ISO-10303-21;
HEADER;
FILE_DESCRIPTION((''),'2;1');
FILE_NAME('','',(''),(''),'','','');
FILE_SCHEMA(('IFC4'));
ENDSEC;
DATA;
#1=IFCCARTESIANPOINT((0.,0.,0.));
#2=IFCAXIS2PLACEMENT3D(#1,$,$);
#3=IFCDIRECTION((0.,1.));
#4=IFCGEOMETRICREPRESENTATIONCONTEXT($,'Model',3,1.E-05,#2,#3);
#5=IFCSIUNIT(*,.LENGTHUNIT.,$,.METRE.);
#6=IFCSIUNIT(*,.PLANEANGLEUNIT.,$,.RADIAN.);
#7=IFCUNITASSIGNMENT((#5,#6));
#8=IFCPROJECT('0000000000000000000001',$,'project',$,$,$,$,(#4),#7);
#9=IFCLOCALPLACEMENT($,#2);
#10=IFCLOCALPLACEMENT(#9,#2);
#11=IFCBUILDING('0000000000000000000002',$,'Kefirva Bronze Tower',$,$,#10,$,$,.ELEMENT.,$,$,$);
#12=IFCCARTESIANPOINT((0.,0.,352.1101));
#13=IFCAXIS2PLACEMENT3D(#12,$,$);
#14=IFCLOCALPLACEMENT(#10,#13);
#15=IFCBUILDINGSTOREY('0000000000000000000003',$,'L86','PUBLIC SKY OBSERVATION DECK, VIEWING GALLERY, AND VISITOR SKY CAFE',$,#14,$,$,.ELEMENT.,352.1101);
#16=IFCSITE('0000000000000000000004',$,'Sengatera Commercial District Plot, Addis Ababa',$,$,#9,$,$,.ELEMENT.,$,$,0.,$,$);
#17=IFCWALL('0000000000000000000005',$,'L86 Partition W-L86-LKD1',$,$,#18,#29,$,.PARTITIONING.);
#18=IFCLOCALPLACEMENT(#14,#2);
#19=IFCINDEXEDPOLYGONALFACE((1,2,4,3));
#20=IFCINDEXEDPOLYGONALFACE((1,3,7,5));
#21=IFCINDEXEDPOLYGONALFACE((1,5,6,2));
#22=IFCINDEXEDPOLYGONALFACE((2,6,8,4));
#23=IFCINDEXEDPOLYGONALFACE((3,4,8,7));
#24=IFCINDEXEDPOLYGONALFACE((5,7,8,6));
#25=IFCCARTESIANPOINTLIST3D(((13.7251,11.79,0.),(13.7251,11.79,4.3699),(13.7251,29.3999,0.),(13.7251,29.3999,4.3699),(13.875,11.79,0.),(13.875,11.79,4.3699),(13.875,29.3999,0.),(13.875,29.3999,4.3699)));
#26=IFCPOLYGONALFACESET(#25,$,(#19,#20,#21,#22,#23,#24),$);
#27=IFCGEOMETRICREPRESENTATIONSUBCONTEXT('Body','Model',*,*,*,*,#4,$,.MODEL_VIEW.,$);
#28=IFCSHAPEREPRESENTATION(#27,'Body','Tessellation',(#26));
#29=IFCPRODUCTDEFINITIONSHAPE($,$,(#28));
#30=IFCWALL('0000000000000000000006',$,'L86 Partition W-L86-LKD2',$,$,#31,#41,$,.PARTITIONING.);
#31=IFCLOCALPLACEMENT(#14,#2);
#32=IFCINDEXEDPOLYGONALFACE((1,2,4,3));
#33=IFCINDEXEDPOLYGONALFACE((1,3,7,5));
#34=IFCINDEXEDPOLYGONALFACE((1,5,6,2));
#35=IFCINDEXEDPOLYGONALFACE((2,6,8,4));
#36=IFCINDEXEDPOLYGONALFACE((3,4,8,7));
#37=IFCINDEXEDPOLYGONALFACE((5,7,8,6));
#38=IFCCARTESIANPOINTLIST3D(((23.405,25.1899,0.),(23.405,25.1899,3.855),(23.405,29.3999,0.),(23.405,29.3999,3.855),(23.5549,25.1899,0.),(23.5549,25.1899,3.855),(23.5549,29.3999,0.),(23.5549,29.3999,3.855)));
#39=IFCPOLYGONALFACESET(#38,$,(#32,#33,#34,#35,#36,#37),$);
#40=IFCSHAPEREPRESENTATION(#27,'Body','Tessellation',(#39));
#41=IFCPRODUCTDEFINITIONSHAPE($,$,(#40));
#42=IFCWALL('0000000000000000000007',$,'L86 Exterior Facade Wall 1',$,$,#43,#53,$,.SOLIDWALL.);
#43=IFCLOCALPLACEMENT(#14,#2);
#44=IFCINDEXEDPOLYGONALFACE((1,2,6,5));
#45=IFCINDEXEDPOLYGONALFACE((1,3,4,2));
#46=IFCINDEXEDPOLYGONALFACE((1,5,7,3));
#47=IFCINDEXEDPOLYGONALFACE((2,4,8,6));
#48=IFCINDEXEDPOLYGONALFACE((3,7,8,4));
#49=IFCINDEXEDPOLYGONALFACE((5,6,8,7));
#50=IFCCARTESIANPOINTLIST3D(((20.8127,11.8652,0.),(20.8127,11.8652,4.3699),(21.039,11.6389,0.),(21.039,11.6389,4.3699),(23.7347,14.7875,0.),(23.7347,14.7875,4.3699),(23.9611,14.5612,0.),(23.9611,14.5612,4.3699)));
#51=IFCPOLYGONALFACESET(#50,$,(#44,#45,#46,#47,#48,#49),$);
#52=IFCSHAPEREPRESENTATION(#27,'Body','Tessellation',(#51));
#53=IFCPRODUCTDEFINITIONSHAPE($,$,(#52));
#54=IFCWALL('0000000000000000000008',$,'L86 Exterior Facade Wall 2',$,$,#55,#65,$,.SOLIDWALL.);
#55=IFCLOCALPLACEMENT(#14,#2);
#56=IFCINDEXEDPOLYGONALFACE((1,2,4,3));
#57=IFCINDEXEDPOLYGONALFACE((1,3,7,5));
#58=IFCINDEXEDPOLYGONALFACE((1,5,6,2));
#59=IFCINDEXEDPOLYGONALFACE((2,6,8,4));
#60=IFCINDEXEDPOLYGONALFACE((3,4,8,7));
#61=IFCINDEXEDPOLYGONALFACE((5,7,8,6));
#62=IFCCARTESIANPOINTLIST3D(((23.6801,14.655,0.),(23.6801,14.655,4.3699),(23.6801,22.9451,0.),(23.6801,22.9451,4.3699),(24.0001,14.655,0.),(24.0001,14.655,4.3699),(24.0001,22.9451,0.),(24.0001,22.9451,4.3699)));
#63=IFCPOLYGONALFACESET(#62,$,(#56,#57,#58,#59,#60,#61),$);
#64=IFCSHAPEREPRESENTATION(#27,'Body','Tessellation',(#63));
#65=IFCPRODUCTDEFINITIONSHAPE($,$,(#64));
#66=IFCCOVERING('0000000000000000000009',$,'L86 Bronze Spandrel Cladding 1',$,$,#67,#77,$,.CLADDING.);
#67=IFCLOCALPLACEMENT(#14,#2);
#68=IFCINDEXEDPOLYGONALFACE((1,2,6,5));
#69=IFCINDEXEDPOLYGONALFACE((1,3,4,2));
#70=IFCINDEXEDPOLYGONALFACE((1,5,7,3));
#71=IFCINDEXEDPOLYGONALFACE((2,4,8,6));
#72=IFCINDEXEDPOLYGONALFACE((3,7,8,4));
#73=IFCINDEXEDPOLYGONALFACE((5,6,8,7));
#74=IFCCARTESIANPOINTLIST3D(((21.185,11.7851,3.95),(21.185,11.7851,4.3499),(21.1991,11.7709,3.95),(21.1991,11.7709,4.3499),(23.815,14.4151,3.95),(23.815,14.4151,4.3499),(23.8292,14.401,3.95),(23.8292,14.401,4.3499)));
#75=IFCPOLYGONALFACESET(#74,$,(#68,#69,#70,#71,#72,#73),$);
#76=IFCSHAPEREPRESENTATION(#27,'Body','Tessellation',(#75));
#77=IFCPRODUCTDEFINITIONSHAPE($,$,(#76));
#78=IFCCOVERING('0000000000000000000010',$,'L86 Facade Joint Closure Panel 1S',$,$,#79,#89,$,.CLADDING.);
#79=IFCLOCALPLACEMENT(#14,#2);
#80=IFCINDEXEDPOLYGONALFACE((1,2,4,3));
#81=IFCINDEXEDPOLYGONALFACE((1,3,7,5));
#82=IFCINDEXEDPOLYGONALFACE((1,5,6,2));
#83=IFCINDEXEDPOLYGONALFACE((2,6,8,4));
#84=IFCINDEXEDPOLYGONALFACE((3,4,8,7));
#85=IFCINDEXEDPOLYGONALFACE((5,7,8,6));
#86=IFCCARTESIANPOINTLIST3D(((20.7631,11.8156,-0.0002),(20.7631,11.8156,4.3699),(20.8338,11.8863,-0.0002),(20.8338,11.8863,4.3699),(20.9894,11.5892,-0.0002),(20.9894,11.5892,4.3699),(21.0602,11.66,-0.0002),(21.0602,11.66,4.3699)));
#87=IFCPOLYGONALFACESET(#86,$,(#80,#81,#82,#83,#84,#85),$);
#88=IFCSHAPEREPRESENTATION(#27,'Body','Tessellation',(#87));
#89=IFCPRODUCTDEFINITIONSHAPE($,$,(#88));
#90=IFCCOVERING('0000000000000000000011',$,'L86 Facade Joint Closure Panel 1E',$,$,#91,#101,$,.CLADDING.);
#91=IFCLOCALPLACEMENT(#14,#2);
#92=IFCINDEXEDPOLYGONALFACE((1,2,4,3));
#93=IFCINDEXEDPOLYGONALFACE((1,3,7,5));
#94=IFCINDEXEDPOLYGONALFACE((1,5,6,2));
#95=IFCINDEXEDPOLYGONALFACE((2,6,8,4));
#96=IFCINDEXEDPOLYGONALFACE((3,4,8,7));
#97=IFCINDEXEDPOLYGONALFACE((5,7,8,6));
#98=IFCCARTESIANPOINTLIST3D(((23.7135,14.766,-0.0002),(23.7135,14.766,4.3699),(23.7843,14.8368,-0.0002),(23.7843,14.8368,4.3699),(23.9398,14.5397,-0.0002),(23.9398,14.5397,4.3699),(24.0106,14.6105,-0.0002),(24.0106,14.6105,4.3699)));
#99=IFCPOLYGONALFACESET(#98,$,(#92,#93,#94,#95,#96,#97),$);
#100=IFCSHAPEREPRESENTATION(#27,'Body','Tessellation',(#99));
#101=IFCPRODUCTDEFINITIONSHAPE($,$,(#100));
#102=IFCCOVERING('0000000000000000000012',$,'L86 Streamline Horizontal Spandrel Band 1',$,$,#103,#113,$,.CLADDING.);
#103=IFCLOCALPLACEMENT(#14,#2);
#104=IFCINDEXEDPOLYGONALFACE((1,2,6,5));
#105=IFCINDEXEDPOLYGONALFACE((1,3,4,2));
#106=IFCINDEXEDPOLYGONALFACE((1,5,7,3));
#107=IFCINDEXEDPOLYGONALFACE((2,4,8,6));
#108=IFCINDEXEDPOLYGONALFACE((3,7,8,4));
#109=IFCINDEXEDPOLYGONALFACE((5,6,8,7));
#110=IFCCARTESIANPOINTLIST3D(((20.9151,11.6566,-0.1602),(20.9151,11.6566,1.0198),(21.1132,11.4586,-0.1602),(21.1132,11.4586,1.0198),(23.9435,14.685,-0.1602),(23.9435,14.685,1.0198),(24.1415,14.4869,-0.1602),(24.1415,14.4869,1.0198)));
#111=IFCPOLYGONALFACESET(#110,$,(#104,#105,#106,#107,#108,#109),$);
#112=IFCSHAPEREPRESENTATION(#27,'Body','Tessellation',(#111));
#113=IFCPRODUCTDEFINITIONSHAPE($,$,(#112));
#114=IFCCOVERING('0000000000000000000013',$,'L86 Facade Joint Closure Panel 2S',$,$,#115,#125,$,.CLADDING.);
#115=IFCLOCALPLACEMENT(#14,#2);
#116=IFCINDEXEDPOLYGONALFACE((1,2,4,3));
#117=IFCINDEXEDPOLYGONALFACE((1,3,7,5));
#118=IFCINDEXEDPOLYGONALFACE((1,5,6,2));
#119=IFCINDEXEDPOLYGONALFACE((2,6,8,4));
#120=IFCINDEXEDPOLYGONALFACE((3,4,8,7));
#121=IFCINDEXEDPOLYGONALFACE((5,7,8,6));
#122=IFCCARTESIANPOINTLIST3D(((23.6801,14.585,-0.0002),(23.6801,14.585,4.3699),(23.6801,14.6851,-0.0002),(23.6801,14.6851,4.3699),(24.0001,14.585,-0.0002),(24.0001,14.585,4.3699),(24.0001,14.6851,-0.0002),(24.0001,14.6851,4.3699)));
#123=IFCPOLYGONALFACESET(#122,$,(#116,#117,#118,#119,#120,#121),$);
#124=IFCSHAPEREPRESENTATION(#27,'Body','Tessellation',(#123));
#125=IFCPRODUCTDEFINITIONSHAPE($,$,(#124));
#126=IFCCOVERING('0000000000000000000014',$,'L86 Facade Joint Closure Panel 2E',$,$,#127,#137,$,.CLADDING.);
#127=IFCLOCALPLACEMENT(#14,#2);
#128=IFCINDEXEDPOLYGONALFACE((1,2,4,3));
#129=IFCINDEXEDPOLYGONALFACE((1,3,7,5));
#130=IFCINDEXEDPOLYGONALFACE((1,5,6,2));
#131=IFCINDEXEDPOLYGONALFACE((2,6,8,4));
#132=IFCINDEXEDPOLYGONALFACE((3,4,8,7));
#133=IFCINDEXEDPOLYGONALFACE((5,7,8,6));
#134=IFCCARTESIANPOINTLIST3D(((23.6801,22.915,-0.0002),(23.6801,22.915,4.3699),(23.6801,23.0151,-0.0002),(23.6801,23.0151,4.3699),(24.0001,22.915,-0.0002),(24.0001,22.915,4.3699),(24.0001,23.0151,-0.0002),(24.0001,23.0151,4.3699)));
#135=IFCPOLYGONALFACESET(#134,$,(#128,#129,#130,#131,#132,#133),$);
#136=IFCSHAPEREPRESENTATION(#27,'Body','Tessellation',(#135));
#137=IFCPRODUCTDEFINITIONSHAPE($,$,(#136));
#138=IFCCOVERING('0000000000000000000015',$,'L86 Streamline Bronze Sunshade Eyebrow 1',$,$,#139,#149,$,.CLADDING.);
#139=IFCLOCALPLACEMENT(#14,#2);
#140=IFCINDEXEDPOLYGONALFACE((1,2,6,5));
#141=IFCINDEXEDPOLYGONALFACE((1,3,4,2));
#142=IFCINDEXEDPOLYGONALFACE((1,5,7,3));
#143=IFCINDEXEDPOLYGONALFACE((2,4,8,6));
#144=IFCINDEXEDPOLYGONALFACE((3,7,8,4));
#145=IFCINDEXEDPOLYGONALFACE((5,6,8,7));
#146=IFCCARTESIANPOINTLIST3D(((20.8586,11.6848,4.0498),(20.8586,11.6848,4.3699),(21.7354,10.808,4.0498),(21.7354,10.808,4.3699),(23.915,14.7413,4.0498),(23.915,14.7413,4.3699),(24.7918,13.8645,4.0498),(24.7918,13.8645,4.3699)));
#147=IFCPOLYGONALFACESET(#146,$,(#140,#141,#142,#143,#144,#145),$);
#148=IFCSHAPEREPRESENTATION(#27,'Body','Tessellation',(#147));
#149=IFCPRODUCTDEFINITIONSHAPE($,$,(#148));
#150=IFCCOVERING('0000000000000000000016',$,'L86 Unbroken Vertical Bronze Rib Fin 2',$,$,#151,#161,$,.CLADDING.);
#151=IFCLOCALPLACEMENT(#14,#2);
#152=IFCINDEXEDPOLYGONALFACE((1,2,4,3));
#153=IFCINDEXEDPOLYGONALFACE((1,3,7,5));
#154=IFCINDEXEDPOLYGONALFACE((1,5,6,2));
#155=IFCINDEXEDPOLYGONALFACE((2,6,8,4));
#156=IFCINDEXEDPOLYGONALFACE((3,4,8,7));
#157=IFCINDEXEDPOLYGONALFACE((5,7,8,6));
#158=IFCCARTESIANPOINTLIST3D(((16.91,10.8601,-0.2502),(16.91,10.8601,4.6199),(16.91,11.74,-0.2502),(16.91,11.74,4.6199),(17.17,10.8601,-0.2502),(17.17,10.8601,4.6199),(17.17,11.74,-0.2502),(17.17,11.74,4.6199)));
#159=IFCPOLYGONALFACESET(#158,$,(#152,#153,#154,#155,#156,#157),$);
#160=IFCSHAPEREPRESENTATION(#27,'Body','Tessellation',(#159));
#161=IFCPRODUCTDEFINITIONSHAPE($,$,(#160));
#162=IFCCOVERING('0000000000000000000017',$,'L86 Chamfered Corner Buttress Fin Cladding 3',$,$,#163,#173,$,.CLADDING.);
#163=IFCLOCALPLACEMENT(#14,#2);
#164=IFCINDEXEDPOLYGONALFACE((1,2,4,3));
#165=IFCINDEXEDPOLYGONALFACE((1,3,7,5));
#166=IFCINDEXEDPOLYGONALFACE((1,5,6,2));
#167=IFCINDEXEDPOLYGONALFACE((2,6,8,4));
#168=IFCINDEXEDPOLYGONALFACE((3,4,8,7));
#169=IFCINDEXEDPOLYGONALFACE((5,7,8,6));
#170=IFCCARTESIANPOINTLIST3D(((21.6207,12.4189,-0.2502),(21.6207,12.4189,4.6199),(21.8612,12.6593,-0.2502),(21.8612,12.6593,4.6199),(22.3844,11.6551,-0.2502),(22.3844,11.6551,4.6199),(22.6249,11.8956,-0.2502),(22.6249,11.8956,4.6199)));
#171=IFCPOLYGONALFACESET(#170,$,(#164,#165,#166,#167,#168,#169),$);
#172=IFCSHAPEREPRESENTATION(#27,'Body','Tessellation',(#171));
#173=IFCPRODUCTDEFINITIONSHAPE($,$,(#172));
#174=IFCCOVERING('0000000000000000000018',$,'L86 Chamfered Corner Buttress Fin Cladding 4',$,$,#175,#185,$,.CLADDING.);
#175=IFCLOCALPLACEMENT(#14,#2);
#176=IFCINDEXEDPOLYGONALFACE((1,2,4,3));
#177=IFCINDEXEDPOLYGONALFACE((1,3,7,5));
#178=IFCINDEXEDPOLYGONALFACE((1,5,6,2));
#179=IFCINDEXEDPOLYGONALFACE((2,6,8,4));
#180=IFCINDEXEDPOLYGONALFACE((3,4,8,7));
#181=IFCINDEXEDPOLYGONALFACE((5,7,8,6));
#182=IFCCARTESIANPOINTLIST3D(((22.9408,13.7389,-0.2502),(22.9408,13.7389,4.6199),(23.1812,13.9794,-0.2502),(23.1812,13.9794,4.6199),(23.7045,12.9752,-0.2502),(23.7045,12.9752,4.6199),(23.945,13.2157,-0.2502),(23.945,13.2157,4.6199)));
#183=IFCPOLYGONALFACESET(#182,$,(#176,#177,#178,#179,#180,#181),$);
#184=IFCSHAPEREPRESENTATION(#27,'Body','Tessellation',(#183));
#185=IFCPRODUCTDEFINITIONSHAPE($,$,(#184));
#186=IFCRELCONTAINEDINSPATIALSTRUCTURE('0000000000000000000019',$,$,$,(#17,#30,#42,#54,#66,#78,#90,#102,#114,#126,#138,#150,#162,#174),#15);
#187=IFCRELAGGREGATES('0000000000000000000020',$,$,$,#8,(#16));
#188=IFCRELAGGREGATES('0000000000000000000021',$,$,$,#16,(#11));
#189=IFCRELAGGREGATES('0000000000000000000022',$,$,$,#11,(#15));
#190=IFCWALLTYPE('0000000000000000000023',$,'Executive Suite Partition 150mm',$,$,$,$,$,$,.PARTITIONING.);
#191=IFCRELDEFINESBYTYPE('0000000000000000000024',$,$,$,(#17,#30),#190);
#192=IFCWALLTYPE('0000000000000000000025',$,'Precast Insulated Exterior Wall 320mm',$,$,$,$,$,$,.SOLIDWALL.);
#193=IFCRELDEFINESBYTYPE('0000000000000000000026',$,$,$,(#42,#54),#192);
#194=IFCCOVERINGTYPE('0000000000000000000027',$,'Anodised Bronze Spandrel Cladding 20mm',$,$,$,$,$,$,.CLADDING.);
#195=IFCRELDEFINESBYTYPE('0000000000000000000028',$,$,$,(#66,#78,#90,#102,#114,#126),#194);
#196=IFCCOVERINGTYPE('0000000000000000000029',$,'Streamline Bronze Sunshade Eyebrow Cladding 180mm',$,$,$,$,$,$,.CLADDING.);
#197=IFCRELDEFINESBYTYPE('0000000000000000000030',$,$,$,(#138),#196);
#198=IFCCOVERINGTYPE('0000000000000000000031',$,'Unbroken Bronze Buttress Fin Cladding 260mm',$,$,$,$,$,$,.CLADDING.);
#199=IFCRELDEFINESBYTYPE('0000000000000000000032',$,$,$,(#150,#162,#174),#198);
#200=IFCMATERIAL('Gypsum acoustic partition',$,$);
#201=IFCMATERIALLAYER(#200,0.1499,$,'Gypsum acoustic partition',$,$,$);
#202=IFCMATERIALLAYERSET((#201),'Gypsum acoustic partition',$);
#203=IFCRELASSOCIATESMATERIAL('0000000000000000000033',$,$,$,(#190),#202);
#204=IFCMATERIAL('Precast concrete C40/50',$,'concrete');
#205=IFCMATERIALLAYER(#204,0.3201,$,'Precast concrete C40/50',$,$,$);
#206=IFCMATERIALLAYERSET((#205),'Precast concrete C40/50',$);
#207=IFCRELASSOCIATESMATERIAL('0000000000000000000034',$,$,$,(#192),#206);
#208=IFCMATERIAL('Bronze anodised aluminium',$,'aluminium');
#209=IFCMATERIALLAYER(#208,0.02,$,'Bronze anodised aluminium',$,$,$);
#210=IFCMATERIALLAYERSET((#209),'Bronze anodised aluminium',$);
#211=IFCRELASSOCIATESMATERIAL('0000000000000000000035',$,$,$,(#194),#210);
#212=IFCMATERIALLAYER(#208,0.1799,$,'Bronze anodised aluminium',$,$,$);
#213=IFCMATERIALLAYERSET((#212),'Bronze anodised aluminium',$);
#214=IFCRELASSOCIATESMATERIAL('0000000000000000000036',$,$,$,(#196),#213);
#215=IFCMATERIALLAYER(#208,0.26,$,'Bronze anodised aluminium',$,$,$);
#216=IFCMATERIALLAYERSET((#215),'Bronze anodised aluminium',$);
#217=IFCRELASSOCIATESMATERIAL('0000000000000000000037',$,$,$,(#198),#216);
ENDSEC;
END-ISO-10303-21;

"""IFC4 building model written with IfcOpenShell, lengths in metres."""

from ifc_helpers import new_model, si_unit, direction, frame, frame_2d, origin, origin_2d, place, context, subcontext, project, spatial, rectangle, extrude, material, layer, layer_set, type_object, element, save


model = new_model("IFC4")

# Units and contexts
model_context = context("Model", 3, precision=1e-05, world=origin(), true_north=direction((0.0, 1.0)))
body_context = subcontext(model_context, "Body", "Model", "MODEL_VIEW")
ifc_project = project(units=[si_unit("LENGTHUNIT", "METRE"), si_unit("PLANEANGLEUNIT", "RADIAN")], contexts=[model_context])

# Site, building, storey
site_placement = place(None, origin())
site = spatial("IfcSite", under=ifc_project, at=site_placement, Name="Sengatera Commercial District Plot, Addis Ababa", CompositionType="ELEMENT", RefElevation=0.0)
building_placement = place(site_placement, origin())
building = spatial("IfcBuilding", under=site, at=building_placement, Name="Kefirva Bronze Tower", CompositionType="ELEMENT")
storey_placement = place(building_placement, frame((0.0, 0.0, 352.1101)))
storey = spatial("IfcBuildingStorey", under=building, at=storey_placement, Name="L86", Description="PUBLIC SKY OBSERVATION DECK, VIEWING GALLERY, AND VISITOR SKY CAFE", CompositionType="ELEMENT", Elevation=352.1101)

# Shared definitions
ifc_material_1 = material(Name="Bronze anodised aluminium", Category="aluminium")

# Walls
ifc_material_2 = material(Name="Gypsum acoustic partition")
ifc_layer_1 = layer(ifc_material_2, 0.1499, Name="Gypsum acoustic partition")
ifc_layer_set_1 = layer_set([ifc_layer_1], Name="Gypsum acoustic partition")
wall_type_1 = type_object("IfcWallType", Name="Executive Suite Partition 150mm", PredefinedType="PARTITIONING", material=ifc_layer_set_1)
wall_1_placement = place(storey_placement, frame((13.8, 11.79, 0.0), z_axis=(0.0, 0.0, 1.0), x_axis=(0.0, 1.0, 0.0)))
element("IfcWall", 1, at=wall_1_placement, inside=storey, type_object=wall_type_1, Name="L86 Partition W-L86-LKD1", PredefinedType="PARTITIONING", context=body_context, shape_type="SweptSolid", body=[
    extrude(rectangle(XDim=17.6099, YDim=0.1499, at=frame_2d((8.8049, 0.0))), origin(), (0.0, 0.0, 1.0), 4.3699),
])
wall_2_placement = place(storey_placement, frame((23.48, 25.1899, 0.0), z_axis=(0.0, 0.0, 1.0), x_axis=(0.0, 1.0, 0.0)))
element("IfcWall", 2, at=wall_2_placement, inside=storey, type_object=wall_type_1, Name="L86 Partition W-L86-LKD2", PredefinedType="PARTITIONING", context=body_context, shape_type="SweptSolid", body=[
    extrude(rectangle(XDim=4.21, YDim=0.1499, at=frame_2d((2.105, 0.0))), origin(), (0.0, 0.0, 1.0), 3.855),
])
ifc_material_3 = material(Name="Precast concrete C40/50", Category="concrete")
ifc_layer_2 = layer(ifc_material_3, 0.3201, Name="Precast concrete C40/50")
ifc_layer_set_2 = layer_set([ifc_layer_2], Name="Precast concrete C40/50")
wall_type_2 = type_object("IfcWallType", Name="Precast Insulated Exterior Wall 320mm", PredefinedType="SOLIDWALL", material=ifc_layer_set_2)
wall_3_placement = place(storey_placement, frame((20.9258, 11.752, 0.0), z_axis=(0.0, 0.0, 1.0), x_axis=(0.707077, 0.707136, 0.0)))
element("IfcWall", 3, at=wall_3_placement, inside=storey, type_object=wall_type_2, Name="L86 Exterior Facade Wall 1", PredefinedType="SOLIDWALL", context=body_context, shape_type="SweptSolid", body=[
    extrude(rectangle(XDim=4.1326, YDim=0.3201, at=frame_2d((2.0664, 0.0))), origin(), (0.0, 0.0, 1.0), 4.3699),
])
wall_4_placement = place(storey_placement, frame((23.8401, 14.655, 0.0), z_axis=(0.0, 0.0, 1.0), x_axis=(0.0, 1.0, 0.0)))
element("IfcWall", 4, at=wall_4_placement, inside=storey, type_object=wall_type_2, Name="L86 Exterior Facade Wall 2", PredefinedType="SOLIDWALL", context=body_context, shape_type="SweptSolid", body=[
    extrude(rectangle(XDim=8.29, YDim=0.3201, at=frame_2d((4.145, 0.0))), origin(), (0.0, 0.0, 1.0), 4.3699),
])

# Coverings
ifc_layer_3 = layer(ifc_material_1, 0.02, Name="Bronze anodised aluminium")
ifc_layer_set_3 = layer_set([ifc_layer_3], Name="Bronze anodised aluminium")
covering_type_1 = type_object("IfcCoveringType", Name="Anodised Bronze Spandrel Cladding 20mm", PredefinedType="CLADDING", material=ifc_layer_set_3)
covering_1_placement = place(storey_placement, frame((22.5071, 13.093, 3.95), z_axis=(0.0, 0.0, 1.0), x_axis=(0.707107, 0.707107, 0.0)))
element("IfcCovering", 5, at=covering_1_placement, inside=storey, type_object=covering_type_1, Name="L86 Bronze Spandrel Cladding 1", PredefinedType="CLADDING", context=body_context, shape_type="SweptSolid", body=[
    extrude(rectangle(XDim=3.7195, YDim=0.02, at=origin_2d()), origin(), (0.0, 0.0, 1.0), 0.3999),
])
for number, where, z_axis, x_axis, name in (
    (6, (20.9116, 11.7378, -0.0002), (0.0, 0.0, 1.0), (0.707107, 0.707107, 0.0), "L86 Facade Joint Closure Panel 1S"),
    (7, (23.8621, 14.6882, -0.0002), (0.0, 0.0, 1.0), (0.707107, 0.707107, 0.0), "L86 Facade Joint Closure Panel 1E"),
):
    element("IfcCovering", number, at=place(storey_placement, frame(where, z_axis=z_axis, x_axis=x_axis)), inside=storey, type_object=covering_type_1, Name=name, PredefinedType="CLADDING", context=body_context, shape_type="SweptSolid", body=[
        extrude(rectangle(XDim=0.1001, YDim=0.3201, at=origin_2d()), origin(), (0.0, 0.0, 1.0), 4.3701),
    ])
covering_2_placement = place(storey_placement, frame((22.5283, 13.0718, -0.1602), z_axis=(0.0, 0.0, 1.0), x_axis=(0.707107, 0.707107, 0.0)))
element("IfcCovering", 8, at=covering_2_placement, inside=storey, type_object=covering_type_1, Name="L86 Streamline Horizontal Spandrel Band 1", PredefinedType="CLADDING", context=body_context, shape_type="SweptSolid", body=[
    extrude(rectangle(XDim=4.2827, YDim=0.28, at=origin_2d()), origin(), (0.0, 0.0, 1.0), 1.1799),
])
for number, where, z_axis, x_axis, name in (
    (9, (23.8401, 14.635, -0.0002), (0.0, 0.0, 1.0), (0.0, 1.0, 0.0), "L86 Facade Joint Closure Panel 2S"),
    (10, (23.8401, 22.9651, -0.0002), (0.0, 0.0, 1.0), (0.0, 1.0, 0.0), "L86 Facade Joint Closure Panel 2E"),
):
    element("IfcCovering", number, at=place(storey_placement, frame(where, z_axis=z_axis, x_axis=x_axis)), inside=storey, type_object=covering_type_1, Name=name, PredefinedType="CLADDING", context=body_context, shape_type="SweptSolid", body=[
        extrude(rectangle(XDim=0.1001, YDim=0.3201, at=origin_2d()), origin(), (0.0, 0.0, 1.0), 4.3701),
    ])
ifc_layer_4 = layer(ifc_material_1, 0.1799, Name="Bronze anodised aluminium")
ifc_layer_set_4 = layer_set([ifc_layer_4], Name="Bronze anodised aluminium")
covering_type_2 = type_object("IfcCoveringType", Name="Streamline Bronze Sunshade Eyebrow Cladding 180mm", PredefinedType="CLADDING", material=ifc_layer_set_4)
covering_3_placement = place(storey_placement, frame((22.8252, 12.7747, 4.0498), z_axis=(0.0, 0.0, 1.0), x_axis=(0.707107, 0.707107, 0.0)))
element("IfcCovering", 11, at=covering_3_placement, inside=storey, type_object=covering_type_2, Name="L86 Streamline Bronze Sunshade Eyebrow 1", PredefinedType="CLADDING", context=body_context, shape_type="SweptSolid", body=[
    extrude(rectangle(XDim=4.3225, YDim=1.24, at=origin_2d()), origin(), (0.0, 0.0, 1.0), 0.3201),
])
ifc_layer_5 = layer(ifc_material_1, 0.26, Name="Bronze anodised aluminium")
ifc_layer_set_5 = layer_set([ifc_layer_5], Name="Bronze anodised aluminium")
covering_type_3 = type_object("IfcCoveringType", Name="Unbroken Bronze Buttress Fin Cladding 260mm", PredefinedType="CLADDING", material=ifc_layer_set_5)
covering_4_placement = place(storey_placement, frame((17.04, 11.3, -0.2502), z_axis=(0.0, 0.0, 1.0), x_axis=(1.0, 0.0, 0.0)))
element("IfcCovering", 12, at=covering_4_placement, inside=storey, type_object=covering_type_3, Name="L86 Unbroken Vertical Bronze Rib Fin 2", PredefinedType="CLADDING", context=body_context, shape_type="SweptSolid", body=[
    extrude(rectangle(XDim=0.26, YDim=0.8799, at=origin_2d()), origin(), (0.0, 0.0, 1.0), 4.8701),
])
for number, where, z_axis, x_axis, name in (
    (13, (22.1228, 12.1572, -0.2502), (0.0, 0.0, 1.0), (0.707107, 0.707107, 0.0), "L86 Chamfered Corner Buttress Fin Cladding 3"),
    (14, (23.4429, 13.4773, -0.2502), (0.0, 0.0, 1.0), (0.707107, 0.707107, 0.0), "L86 Chamfered Corner Buttress Fin Cladding 4"),
):
    element("IfcCovering", number, at=place(storey_placement, frame(where, z_axis=z_axis, x_axis=x_axis)), inside=storey, type_object=covering_type_3, Name=name, PredefinedType="CLADDING", context=body_context, shape_type="SweptSolid", body=[
        extrude(rectangle(XDim=0.3401, YDim=1.0801, at=origin_2d()), origin(), (0.0, 0.0, 1.0), 4.8701),
    ])

save(model, "model.ifc")
